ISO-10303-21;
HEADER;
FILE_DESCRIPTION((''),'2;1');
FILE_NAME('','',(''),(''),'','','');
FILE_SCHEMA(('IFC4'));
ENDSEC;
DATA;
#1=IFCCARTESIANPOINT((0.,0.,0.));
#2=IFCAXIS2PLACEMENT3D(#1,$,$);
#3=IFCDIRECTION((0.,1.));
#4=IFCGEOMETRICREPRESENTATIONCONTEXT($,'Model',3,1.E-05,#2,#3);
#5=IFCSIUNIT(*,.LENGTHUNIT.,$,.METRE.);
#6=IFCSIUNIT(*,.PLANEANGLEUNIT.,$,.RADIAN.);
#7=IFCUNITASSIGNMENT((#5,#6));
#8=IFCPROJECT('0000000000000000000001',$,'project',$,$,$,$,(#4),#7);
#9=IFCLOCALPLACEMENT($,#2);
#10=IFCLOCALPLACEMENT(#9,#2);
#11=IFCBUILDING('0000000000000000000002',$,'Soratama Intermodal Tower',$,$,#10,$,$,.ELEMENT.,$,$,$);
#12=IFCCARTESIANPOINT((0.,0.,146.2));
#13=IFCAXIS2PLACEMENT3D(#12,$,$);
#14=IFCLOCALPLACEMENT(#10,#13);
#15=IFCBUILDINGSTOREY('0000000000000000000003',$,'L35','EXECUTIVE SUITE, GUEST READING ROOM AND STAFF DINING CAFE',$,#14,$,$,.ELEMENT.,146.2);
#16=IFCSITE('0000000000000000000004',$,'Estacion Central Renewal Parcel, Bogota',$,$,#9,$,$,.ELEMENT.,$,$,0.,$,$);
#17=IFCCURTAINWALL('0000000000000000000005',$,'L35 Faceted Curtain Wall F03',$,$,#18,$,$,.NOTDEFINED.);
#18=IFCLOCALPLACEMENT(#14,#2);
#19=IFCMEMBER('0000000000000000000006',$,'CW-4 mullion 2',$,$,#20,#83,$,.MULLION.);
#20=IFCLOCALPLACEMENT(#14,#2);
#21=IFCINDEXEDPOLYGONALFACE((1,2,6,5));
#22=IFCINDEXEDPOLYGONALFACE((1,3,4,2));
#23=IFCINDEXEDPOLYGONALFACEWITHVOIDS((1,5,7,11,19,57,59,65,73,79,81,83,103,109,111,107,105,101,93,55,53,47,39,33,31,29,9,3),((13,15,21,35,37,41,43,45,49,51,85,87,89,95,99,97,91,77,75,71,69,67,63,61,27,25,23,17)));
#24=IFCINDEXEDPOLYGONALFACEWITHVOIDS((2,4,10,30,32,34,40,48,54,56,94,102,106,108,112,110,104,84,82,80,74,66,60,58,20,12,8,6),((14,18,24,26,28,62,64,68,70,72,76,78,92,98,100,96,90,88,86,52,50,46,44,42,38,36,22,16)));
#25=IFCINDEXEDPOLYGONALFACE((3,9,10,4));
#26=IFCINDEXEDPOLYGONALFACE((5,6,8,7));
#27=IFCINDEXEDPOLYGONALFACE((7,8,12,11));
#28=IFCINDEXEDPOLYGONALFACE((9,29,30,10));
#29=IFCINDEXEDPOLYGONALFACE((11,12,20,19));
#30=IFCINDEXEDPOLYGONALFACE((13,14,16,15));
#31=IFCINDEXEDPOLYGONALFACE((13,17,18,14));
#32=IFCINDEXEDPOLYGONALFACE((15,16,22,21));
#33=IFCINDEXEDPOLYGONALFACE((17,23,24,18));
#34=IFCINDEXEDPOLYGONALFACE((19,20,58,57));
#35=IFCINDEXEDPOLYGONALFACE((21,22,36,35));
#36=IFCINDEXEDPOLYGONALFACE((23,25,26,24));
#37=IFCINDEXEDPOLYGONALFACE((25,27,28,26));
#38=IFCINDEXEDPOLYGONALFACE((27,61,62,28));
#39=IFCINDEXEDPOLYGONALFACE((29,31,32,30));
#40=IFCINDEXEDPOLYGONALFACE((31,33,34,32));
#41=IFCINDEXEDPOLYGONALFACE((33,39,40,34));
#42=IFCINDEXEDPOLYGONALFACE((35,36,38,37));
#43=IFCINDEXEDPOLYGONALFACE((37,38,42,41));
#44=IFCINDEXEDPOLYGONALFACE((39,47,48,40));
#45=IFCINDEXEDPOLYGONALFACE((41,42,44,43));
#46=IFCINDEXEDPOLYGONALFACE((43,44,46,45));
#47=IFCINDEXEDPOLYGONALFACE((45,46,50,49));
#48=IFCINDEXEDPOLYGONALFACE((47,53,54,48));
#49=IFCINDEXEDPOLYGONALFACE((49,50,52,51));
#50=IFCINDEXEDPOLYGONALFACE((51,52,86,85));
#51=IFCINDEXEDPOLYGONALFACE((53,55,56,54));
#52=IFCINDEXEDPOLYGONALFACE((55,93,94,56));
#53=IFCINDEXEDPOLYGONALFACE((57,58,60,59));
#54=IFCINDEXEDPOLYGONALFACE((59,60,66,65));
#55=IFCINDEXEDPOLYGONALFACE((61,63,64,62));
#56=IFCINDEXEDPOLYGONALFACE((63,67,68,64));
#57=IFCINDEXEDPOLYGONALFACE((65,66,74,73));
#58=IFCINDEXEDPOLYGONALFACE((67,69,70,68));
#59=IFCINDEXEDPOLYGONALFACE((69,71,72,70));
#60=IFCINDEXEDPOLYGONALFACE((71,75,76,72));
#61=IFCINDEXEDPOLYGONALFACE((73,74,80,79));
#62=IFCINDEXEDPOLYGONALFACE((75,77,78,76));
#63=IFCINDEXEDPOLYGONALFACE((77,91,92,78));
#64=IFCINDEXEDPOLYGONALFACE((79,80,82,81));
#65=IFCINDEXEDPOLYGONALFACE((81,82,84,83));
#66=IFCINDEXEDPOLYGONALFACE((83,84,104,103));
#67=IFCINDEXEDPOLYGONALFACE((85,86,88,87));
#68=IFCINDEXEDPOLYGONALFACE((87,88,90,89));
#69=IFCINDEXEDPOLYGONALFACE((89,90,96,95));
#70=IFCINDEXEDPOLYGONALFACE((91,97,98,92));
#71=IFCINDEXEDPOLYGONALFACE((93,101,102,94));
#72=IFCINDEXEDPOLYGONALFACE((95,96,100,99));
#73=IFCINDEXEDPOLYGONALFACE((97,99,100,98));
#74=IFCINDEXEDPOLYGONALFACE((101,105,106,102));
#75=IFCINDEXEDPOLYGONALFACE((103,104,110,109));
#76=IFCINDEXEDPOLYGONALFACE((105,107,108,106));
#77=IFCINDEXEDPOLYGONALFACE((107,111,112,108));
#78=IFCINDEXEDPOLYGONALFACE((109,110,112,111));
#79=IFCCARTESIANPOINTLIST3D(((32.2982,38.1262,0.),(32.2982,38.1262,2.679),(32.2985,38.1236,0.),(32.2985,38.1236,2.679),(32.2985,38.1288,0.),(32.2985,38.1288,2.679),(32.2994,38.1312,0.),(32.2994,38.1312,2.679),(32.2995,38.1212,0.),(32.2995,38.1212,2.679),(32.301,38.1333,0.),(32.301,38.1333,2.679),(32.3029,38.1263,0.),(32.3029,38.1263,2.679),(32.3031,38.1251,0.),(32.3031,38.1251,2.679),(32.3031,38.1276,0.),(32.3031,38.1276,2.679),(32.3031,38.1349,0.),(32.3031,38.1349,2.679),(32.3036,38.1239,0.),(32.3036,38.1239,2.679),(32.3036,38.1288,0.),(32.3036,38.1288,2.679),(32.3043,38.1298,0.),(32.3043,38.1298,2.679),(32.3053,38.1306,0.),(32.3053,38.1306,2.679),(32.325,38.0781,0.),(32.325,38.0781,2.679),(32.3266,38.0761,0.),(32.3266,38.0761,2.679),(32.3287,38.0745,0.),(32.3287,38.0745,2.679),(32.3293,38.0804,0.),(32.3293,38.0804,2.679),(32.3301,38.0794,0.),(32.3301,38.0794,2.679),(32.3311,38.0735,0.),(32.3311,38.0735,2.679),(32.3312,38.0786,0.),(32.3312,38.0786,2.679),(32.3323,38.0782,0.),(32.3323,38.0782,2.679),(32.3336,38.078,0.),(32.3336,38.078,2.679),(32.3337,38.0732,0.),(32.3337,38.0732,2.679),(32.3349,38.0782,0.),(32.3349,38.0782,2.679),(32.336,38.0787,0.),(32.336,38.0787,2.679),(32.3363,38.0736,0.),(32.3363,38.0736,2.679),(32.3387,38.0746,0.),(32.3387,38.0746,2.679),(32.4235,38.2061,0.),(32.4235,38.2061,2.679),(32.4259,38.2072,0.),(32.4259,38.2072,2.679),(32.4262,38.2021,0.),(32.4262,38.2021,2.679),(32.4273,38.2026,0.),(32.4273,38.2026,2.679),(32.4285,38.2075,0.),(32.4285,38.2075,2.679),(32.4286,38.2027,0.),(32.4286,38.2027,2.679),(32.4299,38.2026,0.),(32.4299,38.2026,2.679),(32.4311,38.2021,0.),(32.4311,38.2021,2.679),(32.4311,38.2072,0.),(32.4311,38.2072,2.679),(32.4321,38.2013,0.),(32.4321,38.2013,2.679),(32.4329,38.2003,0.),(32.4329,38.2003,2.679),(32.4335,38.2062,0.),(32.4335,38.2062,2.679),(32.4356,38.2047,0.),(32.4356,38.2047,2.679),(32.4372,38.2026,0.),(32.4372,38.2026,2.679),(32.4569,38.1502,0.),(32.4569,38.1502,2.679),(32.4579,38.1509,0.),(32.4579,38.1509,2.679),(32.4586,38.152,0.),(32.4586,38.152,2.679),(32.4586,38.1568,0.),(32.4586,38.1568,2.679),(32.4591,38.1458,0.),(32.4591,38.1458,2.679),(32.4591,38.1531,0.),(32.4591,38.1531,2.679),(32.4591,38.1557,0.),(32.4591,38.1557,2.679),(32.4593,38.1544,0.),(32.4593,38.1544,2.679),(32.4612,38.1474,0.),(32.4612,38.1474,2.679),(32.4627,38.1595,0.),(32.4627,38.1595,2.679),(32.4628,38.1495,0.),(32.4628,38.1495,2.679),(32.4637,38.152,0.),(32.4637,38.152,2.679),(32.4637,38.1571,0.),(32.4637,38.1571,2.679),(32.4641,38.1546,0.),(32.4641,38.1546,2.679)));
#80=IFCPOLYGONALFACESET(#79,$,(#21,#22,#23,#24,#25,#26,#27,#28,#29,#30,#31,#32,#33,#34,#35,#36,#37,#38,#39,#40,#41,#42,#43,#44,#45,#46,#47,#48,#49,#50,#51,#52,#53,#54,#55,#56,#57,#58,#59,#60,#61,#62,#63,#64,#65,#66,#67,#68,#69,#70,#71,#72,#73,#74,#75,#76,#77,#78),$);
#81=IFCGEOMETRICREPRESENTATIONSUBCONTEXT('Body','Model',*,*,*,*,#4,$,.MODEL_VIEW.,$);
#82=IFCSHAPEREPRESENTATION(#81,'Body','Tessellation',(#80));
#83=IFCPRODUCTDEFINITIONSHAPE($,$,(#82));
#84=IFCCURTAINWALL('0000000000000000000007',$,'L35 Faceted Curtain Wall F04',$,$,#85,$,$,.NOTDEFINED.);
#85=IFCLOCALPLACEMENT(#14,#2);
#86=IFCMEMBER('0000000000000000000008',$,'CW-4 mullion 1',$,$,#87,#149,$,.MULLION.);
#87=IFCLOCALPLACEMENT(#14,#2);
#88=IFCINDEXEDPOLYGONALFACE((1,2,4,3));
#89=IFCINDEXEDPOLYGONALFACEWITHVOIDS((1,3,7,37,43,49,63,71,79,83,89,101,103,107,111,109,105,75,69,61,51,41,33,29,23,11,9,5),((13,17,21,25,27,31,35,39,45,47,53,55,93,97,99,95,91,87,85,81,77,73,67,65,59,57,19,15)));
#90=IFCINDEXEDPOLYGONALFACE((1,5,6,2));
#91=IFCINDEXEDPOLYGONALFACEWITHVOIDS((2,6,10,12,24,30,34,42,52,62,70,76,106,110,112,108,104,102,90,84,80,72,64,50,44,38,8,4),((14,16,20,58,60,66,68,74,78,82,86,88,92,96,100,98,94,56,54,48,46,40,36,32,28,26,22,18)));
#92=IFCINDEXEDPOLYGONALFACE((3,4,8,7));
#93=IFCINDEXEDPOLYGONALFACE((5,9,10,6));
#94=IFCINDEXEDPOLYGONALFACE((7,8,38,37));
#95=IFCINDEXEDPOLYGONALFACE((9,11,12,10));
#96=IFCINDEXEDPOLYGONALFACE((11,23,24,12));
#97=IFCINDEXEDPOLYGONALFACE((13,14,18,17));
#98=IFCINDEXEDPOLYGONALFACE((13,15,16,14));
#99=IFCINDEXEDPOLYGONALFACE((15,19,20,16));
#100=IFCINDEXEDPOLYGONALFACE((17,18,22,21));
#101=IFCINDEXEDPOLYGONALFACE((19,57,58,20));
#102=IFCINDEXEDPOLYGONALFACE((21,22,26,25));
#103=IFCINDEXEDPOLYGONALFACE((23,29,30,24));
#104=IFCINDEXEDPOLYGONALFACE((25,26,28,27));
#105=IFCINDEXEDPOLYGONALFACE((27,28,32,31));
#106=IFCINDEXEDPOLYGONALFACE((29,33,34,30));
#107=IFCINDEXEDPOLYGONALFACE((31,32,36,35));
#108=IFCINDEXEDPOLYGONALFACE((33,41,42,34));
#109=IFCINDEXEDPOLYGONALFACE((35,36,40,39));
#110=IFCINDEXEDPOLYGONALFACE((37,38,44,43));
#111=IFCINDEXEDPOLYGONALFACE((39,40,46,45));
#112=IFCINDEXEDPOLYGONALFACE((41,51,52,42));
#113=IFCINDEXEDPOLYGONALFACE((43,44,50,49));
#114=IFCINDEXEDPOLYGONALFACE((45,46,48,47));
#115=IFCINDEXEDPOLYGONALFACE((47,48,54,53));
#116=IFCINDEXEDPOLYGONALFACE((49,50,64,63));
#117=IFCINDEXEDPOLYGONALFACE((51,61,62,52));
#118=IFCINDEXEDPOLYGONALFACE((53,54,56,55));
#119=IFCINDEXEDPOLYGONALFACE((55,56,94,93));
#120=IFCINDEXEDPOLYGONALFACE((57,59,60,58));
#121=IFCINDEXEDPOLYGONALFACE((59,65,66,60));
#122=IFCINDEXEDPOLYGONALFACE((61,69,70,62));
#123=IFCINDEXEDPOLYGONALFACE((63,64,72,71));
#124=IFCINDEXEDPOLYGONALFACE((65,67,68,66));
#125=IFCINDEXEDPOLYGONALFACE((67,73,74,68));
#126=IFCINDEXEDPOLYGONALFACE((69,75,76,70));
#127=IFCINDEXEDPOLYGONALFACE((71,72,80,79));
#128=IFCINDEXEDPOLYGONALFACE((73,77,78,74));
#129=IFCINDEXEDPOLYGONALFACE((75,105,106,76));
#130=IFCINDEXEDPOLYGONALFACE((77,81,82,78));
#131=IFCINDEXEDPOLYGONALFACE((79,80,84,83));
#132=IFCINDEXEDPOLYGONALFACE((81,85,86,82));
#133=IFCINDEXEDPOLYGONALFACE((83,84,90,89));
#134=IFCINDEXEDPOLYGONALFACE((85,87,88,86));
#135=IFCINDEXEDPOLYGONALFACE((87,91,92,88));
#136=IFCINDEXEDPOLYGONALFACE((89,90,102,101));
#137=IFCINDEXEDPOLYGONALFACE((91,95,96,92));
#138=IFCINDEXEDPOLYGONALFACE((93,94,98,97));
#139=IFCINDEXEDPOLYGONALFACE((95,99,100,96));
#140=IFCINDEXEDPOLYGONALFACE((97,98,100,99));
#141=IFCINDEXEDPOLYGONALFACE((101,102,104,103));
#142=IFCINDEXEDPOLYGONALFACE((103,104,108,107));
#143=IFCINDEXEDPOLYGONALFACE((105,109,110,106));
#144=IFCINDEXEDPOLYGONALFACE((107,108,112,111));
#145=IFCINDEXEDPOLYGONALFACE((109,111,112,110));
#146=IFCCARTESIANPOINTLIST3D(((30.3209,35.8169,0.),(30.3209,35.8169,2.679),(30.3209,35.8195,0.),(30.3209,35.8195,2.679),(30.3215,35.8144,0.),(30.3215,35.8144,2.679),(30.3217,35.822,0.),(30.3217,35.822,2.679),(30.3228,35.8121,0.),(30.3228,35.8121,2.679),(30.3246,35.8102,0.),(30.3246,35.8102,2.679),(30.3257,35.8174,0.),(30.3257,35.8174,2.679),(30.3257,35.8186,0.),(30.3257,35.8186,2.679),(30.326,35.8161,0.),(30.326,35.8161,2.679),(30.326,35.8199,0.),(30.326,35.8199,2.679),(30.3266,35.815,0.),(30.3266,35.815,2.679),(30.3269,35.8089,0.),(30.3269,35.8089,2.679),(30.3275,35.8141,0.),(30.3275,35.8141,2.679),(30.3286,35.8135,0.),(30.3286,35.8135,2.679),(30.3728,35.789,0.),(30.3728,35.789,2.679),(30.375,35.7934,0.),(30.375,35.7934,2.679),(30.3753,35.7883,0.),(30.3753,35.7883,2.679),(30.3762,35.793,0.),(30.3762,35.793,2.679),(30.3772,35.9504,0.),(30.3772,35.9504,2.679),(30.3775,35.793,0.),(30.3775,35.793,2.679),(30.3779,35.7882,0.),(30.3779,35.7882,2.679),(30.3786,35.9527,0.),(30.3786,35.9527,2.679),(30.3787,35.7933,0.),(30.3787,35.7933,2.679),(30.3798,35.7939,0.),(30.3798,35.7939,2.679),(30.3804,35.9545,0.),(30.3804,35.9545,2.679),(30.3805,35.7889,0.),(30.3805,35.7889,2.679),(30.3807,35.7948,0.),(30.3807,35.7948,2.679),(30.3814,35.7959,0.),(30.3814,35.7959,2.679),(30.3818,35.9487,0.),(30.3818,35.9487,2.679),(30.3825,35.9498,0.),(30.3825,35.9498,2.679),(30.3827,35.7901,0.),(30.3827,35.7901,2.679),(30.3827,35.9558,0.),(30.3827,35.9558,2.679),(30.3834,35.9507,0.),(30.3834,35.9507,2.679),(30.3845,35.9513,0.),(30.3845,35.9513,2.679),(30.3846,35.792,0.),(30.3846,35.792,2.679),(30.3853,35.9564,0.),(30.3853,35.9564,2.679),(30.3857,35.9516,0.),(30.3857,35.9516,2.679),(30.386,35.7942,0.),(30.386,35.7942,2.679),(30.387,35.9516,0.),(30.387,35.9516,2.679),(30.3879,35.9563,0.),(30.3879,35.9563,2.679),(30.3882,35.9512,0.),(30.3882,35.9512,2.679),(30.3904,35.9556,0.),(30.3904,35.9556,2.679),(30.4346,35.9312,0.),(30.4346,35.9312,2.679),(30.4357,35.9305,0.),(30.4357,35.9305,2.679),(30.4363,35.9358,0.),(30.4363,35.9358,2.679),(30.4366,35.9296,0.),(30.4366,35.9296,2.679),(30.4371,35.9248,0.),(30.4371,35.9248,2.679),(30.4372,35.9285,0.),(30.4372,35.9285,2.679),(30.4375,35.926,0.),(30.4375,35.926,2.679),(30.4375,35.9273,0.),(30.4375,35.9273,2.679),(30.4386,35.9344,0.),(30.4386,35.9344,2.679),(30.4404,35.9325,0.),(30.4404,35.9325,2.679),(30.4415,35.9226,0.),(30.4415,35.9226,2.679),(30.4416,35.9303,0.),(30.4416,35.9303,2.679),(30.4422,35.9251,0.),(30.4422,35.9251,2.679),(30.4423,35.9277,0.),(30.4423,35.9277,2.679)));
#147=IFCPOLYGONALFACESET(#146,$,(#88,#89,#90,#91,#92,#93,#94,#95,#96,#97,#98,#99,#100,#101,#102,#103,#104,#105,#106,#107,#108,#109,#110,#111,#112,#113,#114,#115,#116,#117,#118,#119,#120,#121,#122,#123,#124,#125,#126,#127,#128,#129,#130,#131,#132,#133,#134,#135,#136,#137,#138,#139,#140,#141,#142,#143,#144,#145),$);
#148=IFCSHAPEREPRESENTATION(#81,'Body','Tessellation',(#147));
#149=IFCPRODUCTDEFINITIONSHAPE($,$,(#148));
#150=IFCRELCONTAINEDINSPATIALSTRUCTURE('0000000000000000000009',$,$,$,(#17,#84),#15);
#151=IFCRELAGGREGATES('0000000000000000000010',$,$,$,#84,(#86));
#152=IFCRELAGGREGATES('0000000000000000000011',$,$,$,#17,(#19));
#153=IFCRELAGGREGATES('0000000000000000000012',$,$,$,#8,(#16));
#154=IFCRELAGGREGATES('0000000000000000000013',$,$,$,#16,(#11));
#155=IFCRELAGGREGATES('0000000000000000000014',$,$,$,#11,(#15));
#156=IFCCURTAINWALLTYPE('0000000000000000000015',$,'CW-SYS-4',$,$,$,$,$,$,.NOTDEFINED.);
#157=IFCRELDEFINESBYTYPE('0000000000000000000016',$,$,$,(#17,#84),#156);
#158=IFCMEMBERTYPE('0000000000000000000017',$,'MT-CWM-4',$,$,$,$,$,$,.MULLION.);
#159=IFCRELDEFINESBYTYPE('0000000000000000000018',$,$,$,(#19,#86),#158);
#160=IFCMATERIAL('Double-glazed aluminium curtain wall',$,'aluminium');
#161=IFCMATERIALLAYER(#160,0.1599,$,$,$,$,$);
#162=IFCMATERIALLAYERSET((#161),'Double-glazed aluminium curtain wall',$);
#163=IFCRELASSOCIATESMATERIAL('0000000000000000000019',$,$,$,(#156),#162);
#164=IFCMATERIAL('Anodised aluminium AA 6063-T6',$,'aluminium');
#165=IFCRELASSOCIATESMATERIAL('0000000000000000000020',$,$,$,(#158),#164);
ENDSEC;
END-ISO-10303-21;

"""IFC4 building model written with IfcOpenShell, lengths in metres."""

from ifc_helpers import new_model, si_unit, direction, frame, origin, origin_2d, place, context, subcontext, project, spatial, hollow_rectangle, extrude, material, layer, layer_set, material_profile, profile_set, type_object, element, aggregate, save


model = new_model("IFC4")

# Units and contexts
model_context = context("Model", 3, precision=1e-05, world=origin(), true_north=direction((0.0, 1.0)))
body_context = subcontext(model_context, "Body", "Model", "MODEL_VIEW")
ifc_project = project(units=[si_unit("LENGTHUNIT", "METRE"), si_unit("PLANEANGLEUNIT", "RADIAN")], contexts=[model_context])

# Site, building, storey
site_placement = place(None, origin())
site = spatial("IfcSite", under=ifc_project, at=site_placement, Name="Estacion Central Renewal Parcel, Bogota", CompositionType="ELEMENT", RefElevation=0.0)
building_placement = place(site_placement, origin())
building = spatial("IfcBuilding", under=site, at=building_placement, Name="Soratama Intermodal Tower", CompositionType="ELEMENT")
storey_placement = place(building_placement, frame((0.0, 0.0, 146.2)))
storey = spatial("IfcBuildingStorey", under=building, at=storey_placement, Name="L35", Description="EXECUTIVE SUITE, GUEST READING ROOM AND STAFF DINING CAFE", CompositionType="ELEMENT", Elevation=146.2)

# Curtain wall, member
ifc_material_1 = material(Name="Double-glazed aluminium curtain wall", Category="aluminium")
ifc_layer_1 = layer(ifc_material_1, 0.1599)
ifc_layer_set_1 = layer_set([ifc_layer_1], Name="Double-glazed aluminium curtain wall")
curtain_wall_type = type_object("IfcCurtainWallType", Name="CW-SYS-4", PredefinedType="NOTDEFINED", material=ifc_layer_set_1)
curtain_wall_1_placement = place(storey_placement, origin())
curtain_wall_1 = element("IfcCurtainWall", 1, at=curtain_wall_1_placement, inside=storey, type_object=curtain_wall_type, Name="L35 Faceted Curtain Wall F03", PredefinedType="NOTDEFINED")
ifc_material_2 = material(Name="Anodised aluminium AA 6063-T6", Category="aluminium")
ifc_material_profile_1 = material_profile(ifc_material_2, hollow_rectangle(XDim=0.0701, YDim=0.1599, WallThickness=0.0049, InnerFilletRadius=0.0049, OuterFilletRadius=0.01, at=origin_2d()), Name="CWM160X70X5")
ifc_profile_set_1 = profile_set([ifc_material_profile_1], Name="Anodised aluminium AA 6063-T6")
member_type_1 = type_object("IfcMemberType", Name="MT-CWM-4", PredefinedType="MULLION", material=ifc_profile_set_1)
member_1_placement = place(storey_placement, frame((32.3811, 38.1404, 0.0), z_axis=(0.0, 0.0, 1.0), x_axis=(0.509044, -0.860741, 0.0)))
member_1 = element("IfcMember", 2, at=member_1_placement, type_object=member_type_1, Name="CW-4 mullion 2", PredefinedType="MULLION", context=body_context, shape_type="SweptSolid", body=[
    extrude(hollow_rectangle(XDim=0.0701, YDim=0.1599, WallThickness=0.0049, InnerFilletRadius=0.0049, OuterFilletRadius=0.01, at=origin_2d()), origin(), (0.0, 0.0, 1.0), 2.679),
])

# Curtain wall, member
curtain_wall_2_placement = place(storey_placement, origin())
curtain_wall_2 = element("IfcCurtainWall", 3, at=curtain_wall_2_placement, inside=storey, type_object=curtain_wall_type, Name="L35 Faceted Curtain Wall F04", PredefinedType="NOTDEFINED")
member_2_placement = place(storey_placement, frame((30.3816, 35.8723, 0.0), z_axis=(0.0, 0.0, 1.0), x_axis=(0.917757, -0.397142, 0.0)))
member_2 = element("IfcMember", 4, at=member_2_placement, type_object=member_type_1, Name="CW-4 mullion 1", PredefinedType="MULLION", context=body_context, shape_type="SweptSolid", body=[
    extrude(hollow_rectangle(XDim=0.0701, YDim=0.1599, WallThickness=0.0049, InnerFilletRadius=0.0049, OuterFilletRadius=0.01, at=origin_2d()), origin(), (0.0, 0.0, 1.0), 2.679),
])

aggregate(curtain_wall_2, [member_2])

aggregate(curtain_wall_1, [member_1])

save(model, "model.ifc")
